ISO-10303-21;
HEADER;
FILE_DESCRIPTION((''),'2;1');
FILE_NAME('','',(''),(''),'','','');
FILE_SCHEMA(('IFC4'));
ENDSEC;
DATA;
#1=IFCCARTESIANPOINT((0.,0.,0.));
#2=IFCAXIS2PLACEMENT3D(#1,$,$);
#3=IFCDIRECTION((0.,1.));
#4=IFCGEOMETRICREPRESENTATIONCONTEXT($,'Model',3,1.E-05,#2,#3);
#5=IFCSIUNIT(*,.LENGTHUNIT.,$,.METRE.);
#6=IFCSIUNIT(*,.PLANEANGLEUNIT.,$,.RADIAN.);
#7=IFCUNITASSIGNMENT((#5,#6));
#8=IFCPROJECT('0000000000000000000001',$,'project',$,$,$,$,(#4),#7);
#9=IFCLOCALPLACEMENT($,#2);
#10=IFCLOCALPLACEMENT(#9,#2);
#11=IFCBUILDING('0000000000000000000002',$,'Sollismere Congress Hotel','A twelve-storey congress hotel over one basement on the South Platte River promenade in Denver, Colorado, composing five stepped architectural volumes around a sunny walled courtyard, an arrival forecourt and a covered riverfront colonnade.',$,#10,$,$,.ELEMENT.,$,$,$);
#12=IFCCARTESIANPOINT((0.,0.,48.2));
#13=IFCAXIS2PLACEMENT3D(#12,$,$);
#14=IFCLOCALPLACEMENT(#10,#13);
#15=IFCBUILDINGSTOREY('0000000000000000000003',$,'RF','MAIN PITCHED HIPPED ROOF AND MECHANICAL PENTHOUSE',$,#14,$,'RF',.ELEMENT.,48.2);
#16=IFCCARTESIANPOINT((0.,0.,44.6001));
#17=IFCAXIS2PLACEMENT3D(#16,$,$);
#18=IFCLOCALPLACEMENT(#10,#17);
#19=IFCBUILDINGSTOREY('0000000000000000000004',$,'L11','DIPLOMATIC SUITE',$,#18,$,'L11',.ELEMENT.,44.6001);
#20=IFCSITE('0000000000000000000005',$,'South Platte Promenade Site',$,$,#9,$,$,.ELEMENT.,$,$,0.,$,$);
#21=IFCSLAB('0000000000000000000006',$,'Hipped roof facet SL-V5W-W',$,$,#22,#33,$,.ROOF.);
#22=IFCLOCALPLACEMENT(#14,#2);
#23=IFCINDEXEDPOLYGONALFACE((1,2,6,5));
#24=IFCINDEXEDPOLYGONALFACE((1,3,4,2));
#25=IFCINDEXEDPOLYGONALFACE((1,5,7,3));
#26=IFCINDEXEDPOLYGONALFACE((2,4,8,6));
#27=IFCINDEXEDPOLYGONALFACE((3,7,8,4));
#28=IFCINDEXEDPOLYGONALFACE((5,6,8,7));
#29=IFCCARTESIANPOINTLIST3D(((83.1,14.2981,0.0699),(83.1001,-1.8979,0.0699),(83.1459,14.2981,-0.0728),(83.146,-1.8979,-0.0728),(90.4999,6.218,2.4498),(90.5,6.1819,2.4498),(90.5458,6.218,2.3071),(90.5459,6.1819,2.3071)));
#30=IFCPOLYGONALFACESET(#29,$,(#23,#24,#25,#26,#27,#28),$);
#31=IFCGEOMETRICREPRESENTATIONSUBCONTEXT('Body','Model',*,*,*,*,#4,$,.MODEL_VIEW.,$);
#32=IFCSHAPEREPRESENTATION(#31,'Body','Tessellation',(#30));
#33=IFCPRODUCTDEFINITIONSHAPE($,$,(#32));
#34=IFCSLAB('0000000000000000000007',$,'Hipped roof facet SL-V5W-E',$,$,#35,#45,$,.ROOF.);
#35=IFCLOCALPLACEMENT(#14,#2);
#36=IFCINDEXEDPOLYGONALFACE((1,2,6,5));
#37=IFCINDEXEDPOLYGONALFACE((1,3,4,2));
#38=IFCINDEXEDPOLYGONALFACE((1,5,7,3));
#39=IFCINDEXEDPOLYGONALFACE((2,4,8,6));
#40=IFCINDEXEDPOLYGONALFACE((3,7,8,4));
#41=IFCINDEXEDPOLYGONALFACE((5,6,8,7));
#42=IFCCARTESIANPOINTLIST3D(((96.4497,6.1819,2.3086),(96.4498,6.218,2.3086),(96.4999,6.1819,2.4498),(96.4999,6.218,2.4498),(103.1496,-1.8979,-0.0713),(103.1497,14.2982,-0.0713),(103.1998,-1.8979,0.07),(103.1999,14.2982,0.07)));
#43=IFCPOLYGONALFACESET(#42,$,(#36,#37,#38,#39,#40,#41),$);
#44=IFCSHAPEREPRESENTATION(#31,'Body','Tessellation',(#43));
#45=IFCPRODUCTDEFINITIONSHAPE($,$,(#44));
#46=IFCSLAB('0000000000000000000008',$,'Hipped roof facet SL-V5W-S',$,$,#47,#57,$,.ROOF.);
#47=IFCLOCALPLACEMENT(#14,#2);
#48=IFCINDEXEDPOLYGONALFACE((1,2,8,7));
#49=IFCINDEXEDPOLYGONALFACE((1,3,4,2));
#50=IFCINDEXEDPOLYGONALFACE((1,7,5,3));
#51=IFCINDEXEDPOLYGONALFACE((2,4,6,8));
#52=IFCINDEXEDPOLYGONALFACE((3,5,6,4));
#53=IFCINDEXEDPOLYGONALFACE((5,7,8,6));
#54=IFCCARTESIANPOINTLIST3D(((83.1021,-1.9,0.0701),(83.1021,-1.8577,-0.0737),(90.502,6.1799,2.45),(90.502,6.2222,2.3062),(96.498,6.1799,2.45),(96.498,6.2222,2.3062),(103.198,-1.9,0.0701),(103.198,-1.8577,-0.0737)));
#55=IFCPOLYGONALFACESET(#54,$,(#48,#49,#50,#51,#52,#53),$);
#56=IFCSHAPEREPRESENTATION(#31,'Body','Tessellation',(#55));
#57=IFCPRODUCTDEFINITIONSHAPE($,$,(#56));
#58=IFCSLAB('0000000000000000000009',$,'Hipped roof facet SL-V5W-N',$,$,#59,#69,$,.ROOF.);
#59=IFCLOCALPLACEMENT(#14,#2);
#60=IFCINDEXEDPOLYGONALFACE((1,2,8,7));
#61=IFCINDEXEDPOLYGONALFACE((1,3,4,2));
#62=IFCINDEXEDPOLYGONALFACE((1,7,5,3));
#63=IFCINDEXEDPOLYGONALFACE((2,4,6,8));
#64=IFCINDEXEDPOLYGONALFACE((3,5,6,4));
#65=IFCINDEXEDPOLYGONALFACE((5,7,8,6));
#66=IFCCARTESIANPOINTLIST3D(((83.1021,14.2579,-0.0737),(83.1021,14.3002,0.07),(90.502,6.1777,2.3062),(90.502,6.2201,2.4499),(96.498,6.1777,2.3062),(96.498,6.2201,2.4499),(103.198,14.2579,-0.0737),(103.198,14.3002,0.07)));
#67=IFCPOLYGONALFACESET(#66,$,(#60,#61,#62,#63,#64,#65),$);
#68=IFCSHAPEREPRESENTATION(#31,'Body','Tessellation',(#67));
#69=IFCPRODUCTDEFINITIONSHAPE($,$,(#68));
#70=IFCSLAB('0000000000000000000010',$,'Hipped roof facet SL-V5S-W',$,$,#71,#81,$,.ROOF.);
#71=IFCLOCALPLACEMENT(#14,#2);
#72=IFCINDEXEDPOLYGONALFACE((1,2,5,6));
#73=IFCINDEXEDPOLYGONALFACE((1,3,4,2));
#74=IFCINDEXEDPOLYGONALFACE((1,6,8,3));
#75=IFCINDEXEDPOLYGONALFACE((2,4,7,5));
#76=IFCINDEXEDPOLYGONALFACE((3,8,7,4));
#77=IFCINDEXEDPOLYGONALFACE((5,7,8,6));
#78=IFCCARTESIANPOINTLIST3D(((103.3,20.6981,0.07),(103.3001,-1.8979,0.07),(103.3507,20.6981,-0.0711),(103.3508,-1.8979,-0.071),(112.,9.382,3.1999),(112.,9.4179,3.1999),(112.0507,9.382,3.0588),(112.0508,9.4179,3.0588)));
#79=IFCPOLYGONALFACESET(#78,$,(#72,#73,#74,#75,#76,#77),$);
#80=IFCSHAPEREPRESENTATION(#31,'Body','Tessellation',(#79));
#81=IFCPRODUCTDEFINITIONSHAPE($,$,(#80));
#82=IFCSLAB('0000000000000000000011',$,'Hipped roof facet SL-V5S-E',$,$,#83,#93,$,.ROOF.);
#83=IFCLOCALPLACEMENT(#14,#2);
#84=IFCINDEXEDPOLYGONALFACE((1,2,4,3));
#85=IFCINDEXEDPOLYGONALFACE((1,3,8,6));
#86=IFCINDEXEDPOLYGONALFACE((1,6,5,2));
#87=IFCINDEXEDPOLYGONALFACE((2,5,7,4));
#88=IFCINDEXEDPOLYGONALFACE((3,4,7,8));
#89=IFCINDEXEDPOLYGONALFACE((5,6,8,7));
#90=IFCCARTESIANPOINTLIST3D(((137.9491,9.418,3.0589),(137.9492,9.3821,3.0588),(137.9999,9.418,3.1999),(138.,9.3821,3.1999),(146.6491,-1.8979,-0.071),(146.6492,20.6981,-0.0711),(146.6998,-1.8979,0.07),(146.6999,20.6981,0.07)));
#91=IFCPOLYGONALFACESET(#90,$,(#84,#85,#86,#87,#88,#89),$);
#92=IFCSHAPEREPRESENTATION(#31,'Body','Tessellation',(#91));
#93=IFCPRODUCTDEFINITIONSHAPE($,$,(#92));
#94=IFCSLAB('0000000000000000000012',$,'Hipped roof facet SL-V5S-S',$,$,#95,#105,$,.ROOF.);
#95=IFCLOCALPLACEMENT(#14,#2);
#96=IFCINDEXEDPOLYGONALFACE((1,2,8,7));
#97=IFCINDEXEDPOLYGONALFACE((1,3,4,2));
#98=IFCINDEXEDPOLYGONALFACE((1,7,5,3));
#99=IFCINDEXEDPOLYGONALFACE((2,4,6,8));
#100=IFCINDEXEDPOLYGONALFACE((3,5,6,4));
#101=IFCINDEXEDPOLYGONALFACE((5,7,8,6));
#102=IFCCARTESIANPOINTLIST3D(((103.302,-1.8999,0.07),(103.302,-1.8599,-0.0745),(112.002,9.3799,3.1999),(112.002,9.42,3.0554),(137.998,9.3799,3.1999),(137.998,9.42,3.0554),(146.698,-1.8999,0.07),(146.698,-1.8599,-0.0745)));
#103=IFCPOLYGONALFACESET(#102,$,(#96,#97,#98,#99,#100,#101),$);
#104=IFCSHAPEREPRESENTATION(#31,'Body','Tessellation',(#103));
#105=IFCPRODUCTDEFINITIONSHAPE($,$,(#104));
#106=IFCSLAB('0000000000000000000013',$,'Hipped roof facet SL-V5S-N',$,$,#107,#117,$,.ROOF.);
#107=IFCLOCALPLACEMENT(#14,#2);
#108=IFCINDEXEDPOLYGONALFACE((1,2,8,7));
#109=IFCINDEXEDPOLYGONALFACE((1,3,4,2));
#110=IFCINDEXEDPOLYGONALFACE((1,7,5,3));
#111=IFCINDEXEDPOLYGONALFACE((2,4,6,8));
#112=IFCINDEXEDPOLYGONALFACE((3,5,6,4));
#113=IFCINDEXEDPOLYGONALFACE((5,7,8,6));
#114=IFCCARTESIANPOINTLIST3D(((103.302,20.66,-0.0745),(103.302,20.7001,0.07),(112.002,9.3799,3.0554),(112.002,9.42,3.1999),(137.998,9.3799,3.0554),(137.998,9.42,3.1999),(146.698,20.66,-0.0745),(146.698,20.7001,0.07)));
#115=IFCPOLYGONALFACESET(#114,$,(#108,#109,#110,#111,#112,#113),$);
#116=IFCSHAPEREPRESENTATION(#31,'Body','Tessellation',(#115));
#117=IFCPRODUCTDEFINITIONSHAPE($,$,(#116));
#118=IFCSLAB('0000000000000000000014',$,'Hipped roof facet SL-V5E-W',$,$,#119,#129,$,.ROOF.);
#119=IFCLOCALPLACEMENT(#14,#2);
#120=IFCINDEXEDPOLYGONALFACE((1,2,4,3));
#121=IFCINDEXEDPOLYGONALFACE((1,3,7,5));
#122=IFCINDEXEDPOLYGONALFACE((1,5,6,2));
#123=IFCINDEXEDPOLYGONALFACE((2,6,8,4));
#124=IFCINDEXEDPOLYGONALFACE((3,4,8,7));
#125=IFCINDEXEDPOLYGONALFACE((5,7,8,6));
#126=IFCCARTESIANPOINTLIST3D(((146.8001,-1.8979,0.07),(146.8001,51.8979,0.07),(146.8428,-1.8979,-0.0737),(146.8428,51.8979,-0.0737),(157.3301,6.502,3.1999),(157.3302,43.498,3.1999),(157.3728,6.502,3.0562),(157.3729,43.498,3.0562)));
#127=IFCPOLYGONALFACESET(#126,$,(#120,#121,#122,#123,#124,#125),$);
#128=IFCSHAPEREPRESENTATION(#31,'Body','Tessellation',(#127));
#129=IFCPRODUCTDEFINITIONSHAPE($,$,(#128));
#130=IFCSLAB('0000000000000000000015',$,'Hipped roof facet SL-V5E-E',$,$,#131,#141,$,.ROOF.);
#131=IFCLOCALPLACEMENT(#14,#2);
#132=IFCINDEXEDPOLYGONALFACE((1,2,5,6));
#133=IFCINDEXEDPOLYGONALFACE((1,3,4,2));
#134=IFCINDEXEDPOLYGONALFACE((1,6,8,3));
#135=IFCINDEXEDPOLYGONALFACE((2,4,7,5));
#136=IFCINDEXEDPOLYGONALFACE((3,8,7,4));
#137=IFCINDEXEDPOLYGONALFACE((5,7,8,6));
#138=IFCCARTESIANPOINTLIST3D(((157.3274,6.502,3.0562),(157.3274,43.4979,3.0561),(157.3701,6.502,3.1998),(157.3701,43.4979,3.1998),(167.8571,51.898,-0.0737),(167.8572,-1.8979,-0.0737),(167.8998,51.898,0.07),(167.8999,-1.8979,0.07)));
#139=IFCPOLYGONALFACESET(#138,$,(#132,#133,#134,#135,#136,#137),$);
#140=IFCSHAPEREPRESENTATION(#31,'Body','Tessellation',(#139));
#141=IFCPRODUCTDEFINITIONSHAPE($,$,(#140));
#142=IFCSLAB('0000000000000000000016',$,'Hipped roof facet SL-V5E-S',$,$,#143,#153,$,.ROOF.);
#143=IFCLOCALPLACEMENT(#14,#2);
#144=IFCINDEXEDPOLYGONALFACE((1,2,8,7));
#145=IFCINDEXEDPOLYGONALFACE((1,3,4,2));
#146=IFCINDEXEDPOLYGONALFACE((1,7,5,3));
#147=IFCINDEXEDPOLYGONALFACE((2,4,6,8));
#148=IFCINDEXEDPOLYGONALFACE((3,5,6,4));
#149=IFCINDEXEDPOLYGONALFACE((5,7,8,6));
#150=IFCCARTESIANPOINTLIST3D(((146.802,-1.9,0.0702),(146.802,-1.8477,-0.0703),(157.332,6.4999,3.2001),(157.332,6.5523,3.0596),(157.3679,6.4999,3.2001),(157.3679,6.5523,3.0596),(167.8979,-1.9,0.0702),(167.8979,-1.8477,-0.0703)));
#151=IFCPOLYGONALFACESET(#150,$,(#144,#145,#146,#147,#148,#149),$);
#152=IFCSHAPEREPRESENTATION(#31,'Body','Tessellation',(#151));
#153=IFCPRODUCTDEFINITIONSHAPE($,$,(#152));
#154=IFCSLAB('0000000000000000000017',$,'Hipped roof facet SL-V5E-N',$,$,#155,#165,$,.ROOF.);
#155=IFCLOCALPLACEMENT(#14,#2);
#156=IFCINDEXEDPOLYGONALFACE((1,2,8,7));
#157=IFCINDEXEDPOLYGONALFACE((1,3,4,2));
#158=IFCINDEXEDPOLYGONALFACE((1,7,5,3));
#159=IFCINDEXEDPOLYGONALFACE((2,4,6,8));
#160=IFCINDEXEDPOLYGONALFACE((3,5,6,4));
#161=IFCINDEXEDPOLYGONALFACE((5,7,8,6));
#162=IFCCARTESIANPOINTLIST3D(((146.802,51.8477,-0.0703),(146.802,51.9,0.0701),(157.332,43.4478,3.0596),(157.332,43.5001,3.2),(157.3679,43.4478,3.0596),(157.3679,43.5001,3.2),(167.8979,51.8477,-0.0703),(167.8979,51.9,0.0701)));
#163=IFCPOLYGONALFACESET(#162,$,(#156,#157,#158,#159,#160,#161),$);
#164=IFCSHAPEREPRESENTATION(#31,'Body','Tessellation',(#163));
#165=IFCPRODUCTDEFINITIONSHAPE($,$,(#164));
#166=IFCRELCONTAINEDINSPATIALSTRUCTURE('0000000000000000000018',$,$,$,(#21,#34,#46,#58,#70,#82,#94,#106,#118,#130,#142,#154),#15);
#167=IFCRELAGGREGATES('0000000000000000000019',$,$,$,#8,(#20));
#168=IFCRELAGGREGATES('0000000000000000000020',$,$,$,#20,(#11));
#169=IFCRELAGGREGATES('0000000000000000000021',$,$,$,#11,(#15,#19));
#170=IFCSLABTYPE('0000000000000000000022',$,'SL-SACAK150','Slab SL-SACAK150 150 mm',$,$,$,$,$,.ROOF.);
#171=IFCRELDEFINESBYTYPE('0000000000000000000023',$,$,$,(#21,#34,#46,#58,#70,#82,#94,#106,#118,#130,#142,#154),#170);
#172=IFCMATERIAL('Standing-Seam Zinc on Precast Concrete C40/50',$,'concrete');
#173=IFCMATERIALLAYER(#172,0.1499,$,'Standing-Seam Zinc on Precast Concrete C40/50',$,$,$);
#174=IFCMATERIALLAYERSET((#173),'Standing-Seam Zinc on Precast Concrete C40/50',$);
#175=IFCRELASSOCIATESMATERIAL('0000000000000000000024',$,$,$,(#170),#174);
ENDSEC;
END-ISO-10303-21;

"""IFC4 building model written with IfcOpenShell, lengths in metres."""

from ifc_helpers import new_model, si_unit, direction, frame, origin, place, context, subcontext, project, spatial, polyline, outline, extrude, material, layer, layer_set, type_object, element, save


model = new_model("IFC4")

# Units and contexts
model_context = context("Model", 3, precision=1e-05, world=origin(), true_north=direction((0.0, 1.0)))
body_context = subcontext(model_context, "Body", "Model", "MODEL_VIEW")
ifc_project = project(units=[si_unit("LENGTHUNIT", "METRE"), si_unit("PLANEANGLEUNIT", "RADIAN")], contexts=[model_context])

# Site, building, storey
site_placement = place(None, origin())
site = spatial("IfcSite", under=ifc_project, at=site_placement, Name="South Platte Promenade Site", CompositionType="ELEMENT", RefElevation=0.0)
building_placement = place(site_placement, origin())
building = spatial("IfcBuilding", under=site, at=building_placement, Name="Sollismere Congress Hotel", Description="A twelve-storey congress hotel over one basement on the South Platte River promenade in Denver, Colorado, composing five stepped architectural volumes around a sunny walled courtyard, an arrival forecourt and a covered riverfront colonnade.", CompositionType="ELEMENT")
storey_1_placement = place(building_placement, frame((0.0, 0.0, 48.2)))
storey_1 = spatial("IfcBuildingStorey", under=building, at=storey_1_placement, Name="RF", Description="MAIN PITCHED HIPPED ROOF AND MECHANICAL PENTHOUSE", LongName="RF", CompositionType="ELEMENT", Elevation=48.2)

# Shared definitions
storey_2_placement = place(building_placement, frame((0.0, 0.0, 44.6001)))
storey_2 = spatial("IfcBuildingStorey", under=building, at=storey_2_placement, Name="L11", Description="DIPLOMATIC SUITE", LongName="L11", CompositionType="ELEMENT", Elevation=44.6001)

# Slabs
ifc_material_1 = material(Name="Standing-Seam Zinc on Precast Concrete C40/50", Category="concrete")
ifc_layer_1 = layer(ifc_material_1, 0.1499, Name="Standing-Seam Zinc on Precast Concrete C40/50")
ifc_layer_set_1 = layer_set([ifc_layer_1], Name="Standing-Seam Zinc on Precast Concrete C40/50")
slab_type_1 = type_object("IfcSlabType", Name="SL-SACAK150", Description="Slab SL-SACAK150 150 mm", PredefinedType="ROOF", material=ifc_layer_set_1)
slab_1_placement = place(storey_1_placement, frame((83.146, -1.8979, -0.0728), z_axis=(-0.306166, 0.0, 0.951978), x_axis=(0.660006, 0.72065, 0.212265)))
element("IfcSlab", 1, at=slab_1_placement, inside=storey_1, type_object=slab_type_1, Name="Hipped roof facet SL-V5W-W", PredefinedType="ROOF", context=body_context, shape_type="SweptSolid", body=[
    extrude(outline(polyline([(0.0, 0.0), (11.2119, 0.0), (11.2378, 0.0251), (11.6716, 11.2288), (0.0, 0.0)])), origin(), (0.0, 0.0, 1.0), 0.1499),
])
slab_2_placement = place(storey_1_placement, frame((96.4497, 6.1819, 2.3086), z_axis=(0.33472, 0.0, 0.942318), x_axis=(0.622513, -0.750722, -0.221122)))
element("IfcSlab", 2, at=slab_2_placement, inside=storey_1, type_object=slab_type_1, Name="Hipped roof facet SL-V5W-E", PredefinedType="ROOF", context=body_context, shape_type="SweptSolid", body=[
    extrude(outline(polyline([(0.0, 0.0), (10.7627, 0.0), (-1.396, 10.6995), (-0.0271, 0.0239), (0.0, 0.0)])), origin(), (0.0, 0.0, 1.0), 0.1499),
])
slab_3_placement = place(storey_1_placement, frame((83.1021, -1.8577, -0.0737), z_axis=(0.0, -0.282544, 0.959254), x_axis=(1.0, 0.0, 0.0)))
element("IfcSlab", 3, at=slab_3_placement, inside=storey_1, type_object=slab_type_1, Name="Hipped roof facet SL-V5W-S", PredefinedType="ROOF", context=body_context, shape_type="SweptSolid", body=[
    extrude(outline(polyline([(0.0, 0.0), (20.0959, 0.0), (13.396, 8.4231), (7.3999, 8.4231), (0.0, 0.0)])), origin(), (0.0, 0.0, 1.0), 0.1499),
])
slab_4_placement = place(storey_1_placement, frame((90.502, 6.1777, 2.3062), z_axis=(0.0, 0.282537, 0.959257), x_axis=(1.0, 0.0, 0.0)))
element("IfcSlab", 4, at=slab_4_placement, inside=storey_1, type_object=slab_type_1, Name="Hipped roof facet SL-V5W-N", PredefinedType="ROOF", context=body_context, shape_type="SweptSolid", body=[
    extrude(outline(polyline([(0.0, 0.0), (5.9961, 0.0), (12.696, 8.4233), (-7.3999, 8.4233), (0.0, 0.0)])), origin(), (0.0, 0.0, 1.0), 0.1499),
])
slab_5_placement = place(storey_1_placement, frame((103.3508, -1.8979, -0.071), z_axis=(-0.338518, 0.0, 0.94096), x_axis=(0.596497, 0.773395, 0.214595)))
element("IfcSlab", 5, at=slab_5_placement, inside=storey_1, type_object=slab_type_1, Name="Hipped roof facet SL-V5S-W", PredefinedType="ROOF", context=body_context, shape_type="SweptSolid", body=[
    extrude(outline(polyline([(0.0, 0.0), (14.585, 0.0), (14.6128, 0.0227), (17.4756, 14.3242), (0.0, 0.0)])), origin(), (0.0, 0.0, 1.0), 0.1499),
])
slab_6_placement = place(storey_1_placement, frame((137.9492, 9.3821, 3.0588), z_axis=(0.338518, 0.0, 0.94096), x_axis=(0.596497, -0.773395, -0.214595)))
element("IfcSlab", 6, at=slab_6_placement, inside=storey_1, type_object=slab_type_1, Name="Hipped roof facet SL-V5S-E", PredefinedType="ROOF", context=body_context, shape_type="SweptSolid", body=[
    extrude(outline(polyline([(0.0, 0.0), (14.585, 0.0), (-2.8906, 14.3242), (-0.0278, 0.0227), (0.0, 0.0)])), origin(), (0.0, 0.0, 1.0), 0.1499),
])
slab_7_placement = place(storey_1_placement, frame((103.302, -1.8599, -0.0745), z_axis=(0.0, -0.267375, 0.963593), x_axis=(1.0, 0.0, 0.0)))
element("IfcSlab", 7, at=slab_7_placement, inside=storey_1, type_object=slab_type_1, Name="Hipped roof facet SL-V5S-S", PredefinedType="ROOF", context=body_context, shape_type="SweptSolid", body=[
    extrude(outline(polyline([(0.0, 0.0), (43.396, 0.0), (34.696, 11.7061), (8.7, 11.7061), (0.0, 0.0)])), origin(), (0.0, 0.0, 1.0), 0.1499),
])
slab_8_placement = place(storey_1_placement, frame((112.002, 9.3799, 3.0554), z_axis=(0.0, 0.26737, 0.963594), x_axis=(1.0, 0.0, 0.0)))
element("IfcSlab", 8, at=slab_8_placement, inside=storey_1, type_object=slab_type_1, Name="Hipped roof facet SL-V5S-N", PredefinedType="ROOF", context=body_context, shape_type="SweptSolid", body=[
    extrude(outline(polyline([(0.0, 0.0), (25.9961, 0.0), (34.696, 11.7063), (-8.7, 11.7063), (0.0, 0.0)])), origin(), (0.0, 0.0, 1.0), 0.1499),
])
slab_9_placement = place(storey_1_placement, frame((146.8428, -1.8979, -0.0737), z_axis=(-0.284915, 0.0, 0.958553), x_axis=(0.761456, 0.60742, 0.226331)))
element("IfcSlab", 9, at=slab_9_placement, inside=storey_1, type_object=slab_type_1, Name="Hipped roof facet SL-V5E-W", PredefinedType="ROOF", context=body_context, shape_type="SweptSolid", body=[
    extrude(outline(polyline([(0.0, 0.0), (13.8289, 0.0), (36.301, 29.3889), (32.6768, 42.7344), (0.0, 0.0)])), origin(), (0.0, 0.0, 1.0), 0.1499),
])
slab_10_placement = place(storey_1_placement, frame((157.3274, 6.502, 3.0562), z_axis=(0.284921, 0.0, 0.958551), x_axis=(0.761448, -0.607429, -0.226334)))
element("IfcSlab", 10, at=slab_10_placement, inside=storey_1, type_object=slab_type_1, Name="Hipped roof facet SL-V5E-E", PredefinedType="ROOF", context=body_context, shape_type="SweptSolid", body=[
    extrude(outline(polyline([(0.0, 0.0), (13.8286, 0.0), (-18.8486, 42.7341), (-22.4724, 29.3887), (0.0, 0.0)])), origin(), (0.0, 0.0, 1.0), 0.1499),
])
slab_11_placement = place(storey_1_placement, frame((146.802, -1.8477, -0.0703), z_axis=(0.0, -0.349159, 0.937064), x_axis=(1.0, 0.0, 0.0)))
element("IfcSlab", 11, at=slab_11_placement, inside=storey_1, type_object=slab_type_1, Name="Hipped roof facet SL-V5E-S", PredefinedType="ROOF", context=body_context, shape_type="SweptSolid", body=[
    extrude(outline(polyline([(0.0, 0.0), (21.0959, 0.0), (10.5659, 8.9641), (10.53, 8.9641), (0.0, 0.0)])), origin(), (0.0, 0.0, 1.0), 0.1499),
])
slab_12_placement = place(storey_1_placement, frame((157.332, 43.4478, 3.0596), z_axis=(0.0, 0.349159, 0.937064), x_axis=(1.0, 0.0, 0.0)))
element("IfcSlab", 12, at=slab_12_placement, inside=storey_1, type_object=slab_type_1, Name="Hipped roof facet SL-V5E-N", PredefinedType="ROOF", context=body_context, shape_type="SweptSolid", body=[
    extrude(outline(polyline([(0.0, 0.0), (0.0359, 0.0), (10.5659, 8.9641), (-10.53, 8.9641), (0.0, 0.0)])), origin(), (0.0, 0.0, 1.0), 0.1499),
])

save(model, "model.ifc")
